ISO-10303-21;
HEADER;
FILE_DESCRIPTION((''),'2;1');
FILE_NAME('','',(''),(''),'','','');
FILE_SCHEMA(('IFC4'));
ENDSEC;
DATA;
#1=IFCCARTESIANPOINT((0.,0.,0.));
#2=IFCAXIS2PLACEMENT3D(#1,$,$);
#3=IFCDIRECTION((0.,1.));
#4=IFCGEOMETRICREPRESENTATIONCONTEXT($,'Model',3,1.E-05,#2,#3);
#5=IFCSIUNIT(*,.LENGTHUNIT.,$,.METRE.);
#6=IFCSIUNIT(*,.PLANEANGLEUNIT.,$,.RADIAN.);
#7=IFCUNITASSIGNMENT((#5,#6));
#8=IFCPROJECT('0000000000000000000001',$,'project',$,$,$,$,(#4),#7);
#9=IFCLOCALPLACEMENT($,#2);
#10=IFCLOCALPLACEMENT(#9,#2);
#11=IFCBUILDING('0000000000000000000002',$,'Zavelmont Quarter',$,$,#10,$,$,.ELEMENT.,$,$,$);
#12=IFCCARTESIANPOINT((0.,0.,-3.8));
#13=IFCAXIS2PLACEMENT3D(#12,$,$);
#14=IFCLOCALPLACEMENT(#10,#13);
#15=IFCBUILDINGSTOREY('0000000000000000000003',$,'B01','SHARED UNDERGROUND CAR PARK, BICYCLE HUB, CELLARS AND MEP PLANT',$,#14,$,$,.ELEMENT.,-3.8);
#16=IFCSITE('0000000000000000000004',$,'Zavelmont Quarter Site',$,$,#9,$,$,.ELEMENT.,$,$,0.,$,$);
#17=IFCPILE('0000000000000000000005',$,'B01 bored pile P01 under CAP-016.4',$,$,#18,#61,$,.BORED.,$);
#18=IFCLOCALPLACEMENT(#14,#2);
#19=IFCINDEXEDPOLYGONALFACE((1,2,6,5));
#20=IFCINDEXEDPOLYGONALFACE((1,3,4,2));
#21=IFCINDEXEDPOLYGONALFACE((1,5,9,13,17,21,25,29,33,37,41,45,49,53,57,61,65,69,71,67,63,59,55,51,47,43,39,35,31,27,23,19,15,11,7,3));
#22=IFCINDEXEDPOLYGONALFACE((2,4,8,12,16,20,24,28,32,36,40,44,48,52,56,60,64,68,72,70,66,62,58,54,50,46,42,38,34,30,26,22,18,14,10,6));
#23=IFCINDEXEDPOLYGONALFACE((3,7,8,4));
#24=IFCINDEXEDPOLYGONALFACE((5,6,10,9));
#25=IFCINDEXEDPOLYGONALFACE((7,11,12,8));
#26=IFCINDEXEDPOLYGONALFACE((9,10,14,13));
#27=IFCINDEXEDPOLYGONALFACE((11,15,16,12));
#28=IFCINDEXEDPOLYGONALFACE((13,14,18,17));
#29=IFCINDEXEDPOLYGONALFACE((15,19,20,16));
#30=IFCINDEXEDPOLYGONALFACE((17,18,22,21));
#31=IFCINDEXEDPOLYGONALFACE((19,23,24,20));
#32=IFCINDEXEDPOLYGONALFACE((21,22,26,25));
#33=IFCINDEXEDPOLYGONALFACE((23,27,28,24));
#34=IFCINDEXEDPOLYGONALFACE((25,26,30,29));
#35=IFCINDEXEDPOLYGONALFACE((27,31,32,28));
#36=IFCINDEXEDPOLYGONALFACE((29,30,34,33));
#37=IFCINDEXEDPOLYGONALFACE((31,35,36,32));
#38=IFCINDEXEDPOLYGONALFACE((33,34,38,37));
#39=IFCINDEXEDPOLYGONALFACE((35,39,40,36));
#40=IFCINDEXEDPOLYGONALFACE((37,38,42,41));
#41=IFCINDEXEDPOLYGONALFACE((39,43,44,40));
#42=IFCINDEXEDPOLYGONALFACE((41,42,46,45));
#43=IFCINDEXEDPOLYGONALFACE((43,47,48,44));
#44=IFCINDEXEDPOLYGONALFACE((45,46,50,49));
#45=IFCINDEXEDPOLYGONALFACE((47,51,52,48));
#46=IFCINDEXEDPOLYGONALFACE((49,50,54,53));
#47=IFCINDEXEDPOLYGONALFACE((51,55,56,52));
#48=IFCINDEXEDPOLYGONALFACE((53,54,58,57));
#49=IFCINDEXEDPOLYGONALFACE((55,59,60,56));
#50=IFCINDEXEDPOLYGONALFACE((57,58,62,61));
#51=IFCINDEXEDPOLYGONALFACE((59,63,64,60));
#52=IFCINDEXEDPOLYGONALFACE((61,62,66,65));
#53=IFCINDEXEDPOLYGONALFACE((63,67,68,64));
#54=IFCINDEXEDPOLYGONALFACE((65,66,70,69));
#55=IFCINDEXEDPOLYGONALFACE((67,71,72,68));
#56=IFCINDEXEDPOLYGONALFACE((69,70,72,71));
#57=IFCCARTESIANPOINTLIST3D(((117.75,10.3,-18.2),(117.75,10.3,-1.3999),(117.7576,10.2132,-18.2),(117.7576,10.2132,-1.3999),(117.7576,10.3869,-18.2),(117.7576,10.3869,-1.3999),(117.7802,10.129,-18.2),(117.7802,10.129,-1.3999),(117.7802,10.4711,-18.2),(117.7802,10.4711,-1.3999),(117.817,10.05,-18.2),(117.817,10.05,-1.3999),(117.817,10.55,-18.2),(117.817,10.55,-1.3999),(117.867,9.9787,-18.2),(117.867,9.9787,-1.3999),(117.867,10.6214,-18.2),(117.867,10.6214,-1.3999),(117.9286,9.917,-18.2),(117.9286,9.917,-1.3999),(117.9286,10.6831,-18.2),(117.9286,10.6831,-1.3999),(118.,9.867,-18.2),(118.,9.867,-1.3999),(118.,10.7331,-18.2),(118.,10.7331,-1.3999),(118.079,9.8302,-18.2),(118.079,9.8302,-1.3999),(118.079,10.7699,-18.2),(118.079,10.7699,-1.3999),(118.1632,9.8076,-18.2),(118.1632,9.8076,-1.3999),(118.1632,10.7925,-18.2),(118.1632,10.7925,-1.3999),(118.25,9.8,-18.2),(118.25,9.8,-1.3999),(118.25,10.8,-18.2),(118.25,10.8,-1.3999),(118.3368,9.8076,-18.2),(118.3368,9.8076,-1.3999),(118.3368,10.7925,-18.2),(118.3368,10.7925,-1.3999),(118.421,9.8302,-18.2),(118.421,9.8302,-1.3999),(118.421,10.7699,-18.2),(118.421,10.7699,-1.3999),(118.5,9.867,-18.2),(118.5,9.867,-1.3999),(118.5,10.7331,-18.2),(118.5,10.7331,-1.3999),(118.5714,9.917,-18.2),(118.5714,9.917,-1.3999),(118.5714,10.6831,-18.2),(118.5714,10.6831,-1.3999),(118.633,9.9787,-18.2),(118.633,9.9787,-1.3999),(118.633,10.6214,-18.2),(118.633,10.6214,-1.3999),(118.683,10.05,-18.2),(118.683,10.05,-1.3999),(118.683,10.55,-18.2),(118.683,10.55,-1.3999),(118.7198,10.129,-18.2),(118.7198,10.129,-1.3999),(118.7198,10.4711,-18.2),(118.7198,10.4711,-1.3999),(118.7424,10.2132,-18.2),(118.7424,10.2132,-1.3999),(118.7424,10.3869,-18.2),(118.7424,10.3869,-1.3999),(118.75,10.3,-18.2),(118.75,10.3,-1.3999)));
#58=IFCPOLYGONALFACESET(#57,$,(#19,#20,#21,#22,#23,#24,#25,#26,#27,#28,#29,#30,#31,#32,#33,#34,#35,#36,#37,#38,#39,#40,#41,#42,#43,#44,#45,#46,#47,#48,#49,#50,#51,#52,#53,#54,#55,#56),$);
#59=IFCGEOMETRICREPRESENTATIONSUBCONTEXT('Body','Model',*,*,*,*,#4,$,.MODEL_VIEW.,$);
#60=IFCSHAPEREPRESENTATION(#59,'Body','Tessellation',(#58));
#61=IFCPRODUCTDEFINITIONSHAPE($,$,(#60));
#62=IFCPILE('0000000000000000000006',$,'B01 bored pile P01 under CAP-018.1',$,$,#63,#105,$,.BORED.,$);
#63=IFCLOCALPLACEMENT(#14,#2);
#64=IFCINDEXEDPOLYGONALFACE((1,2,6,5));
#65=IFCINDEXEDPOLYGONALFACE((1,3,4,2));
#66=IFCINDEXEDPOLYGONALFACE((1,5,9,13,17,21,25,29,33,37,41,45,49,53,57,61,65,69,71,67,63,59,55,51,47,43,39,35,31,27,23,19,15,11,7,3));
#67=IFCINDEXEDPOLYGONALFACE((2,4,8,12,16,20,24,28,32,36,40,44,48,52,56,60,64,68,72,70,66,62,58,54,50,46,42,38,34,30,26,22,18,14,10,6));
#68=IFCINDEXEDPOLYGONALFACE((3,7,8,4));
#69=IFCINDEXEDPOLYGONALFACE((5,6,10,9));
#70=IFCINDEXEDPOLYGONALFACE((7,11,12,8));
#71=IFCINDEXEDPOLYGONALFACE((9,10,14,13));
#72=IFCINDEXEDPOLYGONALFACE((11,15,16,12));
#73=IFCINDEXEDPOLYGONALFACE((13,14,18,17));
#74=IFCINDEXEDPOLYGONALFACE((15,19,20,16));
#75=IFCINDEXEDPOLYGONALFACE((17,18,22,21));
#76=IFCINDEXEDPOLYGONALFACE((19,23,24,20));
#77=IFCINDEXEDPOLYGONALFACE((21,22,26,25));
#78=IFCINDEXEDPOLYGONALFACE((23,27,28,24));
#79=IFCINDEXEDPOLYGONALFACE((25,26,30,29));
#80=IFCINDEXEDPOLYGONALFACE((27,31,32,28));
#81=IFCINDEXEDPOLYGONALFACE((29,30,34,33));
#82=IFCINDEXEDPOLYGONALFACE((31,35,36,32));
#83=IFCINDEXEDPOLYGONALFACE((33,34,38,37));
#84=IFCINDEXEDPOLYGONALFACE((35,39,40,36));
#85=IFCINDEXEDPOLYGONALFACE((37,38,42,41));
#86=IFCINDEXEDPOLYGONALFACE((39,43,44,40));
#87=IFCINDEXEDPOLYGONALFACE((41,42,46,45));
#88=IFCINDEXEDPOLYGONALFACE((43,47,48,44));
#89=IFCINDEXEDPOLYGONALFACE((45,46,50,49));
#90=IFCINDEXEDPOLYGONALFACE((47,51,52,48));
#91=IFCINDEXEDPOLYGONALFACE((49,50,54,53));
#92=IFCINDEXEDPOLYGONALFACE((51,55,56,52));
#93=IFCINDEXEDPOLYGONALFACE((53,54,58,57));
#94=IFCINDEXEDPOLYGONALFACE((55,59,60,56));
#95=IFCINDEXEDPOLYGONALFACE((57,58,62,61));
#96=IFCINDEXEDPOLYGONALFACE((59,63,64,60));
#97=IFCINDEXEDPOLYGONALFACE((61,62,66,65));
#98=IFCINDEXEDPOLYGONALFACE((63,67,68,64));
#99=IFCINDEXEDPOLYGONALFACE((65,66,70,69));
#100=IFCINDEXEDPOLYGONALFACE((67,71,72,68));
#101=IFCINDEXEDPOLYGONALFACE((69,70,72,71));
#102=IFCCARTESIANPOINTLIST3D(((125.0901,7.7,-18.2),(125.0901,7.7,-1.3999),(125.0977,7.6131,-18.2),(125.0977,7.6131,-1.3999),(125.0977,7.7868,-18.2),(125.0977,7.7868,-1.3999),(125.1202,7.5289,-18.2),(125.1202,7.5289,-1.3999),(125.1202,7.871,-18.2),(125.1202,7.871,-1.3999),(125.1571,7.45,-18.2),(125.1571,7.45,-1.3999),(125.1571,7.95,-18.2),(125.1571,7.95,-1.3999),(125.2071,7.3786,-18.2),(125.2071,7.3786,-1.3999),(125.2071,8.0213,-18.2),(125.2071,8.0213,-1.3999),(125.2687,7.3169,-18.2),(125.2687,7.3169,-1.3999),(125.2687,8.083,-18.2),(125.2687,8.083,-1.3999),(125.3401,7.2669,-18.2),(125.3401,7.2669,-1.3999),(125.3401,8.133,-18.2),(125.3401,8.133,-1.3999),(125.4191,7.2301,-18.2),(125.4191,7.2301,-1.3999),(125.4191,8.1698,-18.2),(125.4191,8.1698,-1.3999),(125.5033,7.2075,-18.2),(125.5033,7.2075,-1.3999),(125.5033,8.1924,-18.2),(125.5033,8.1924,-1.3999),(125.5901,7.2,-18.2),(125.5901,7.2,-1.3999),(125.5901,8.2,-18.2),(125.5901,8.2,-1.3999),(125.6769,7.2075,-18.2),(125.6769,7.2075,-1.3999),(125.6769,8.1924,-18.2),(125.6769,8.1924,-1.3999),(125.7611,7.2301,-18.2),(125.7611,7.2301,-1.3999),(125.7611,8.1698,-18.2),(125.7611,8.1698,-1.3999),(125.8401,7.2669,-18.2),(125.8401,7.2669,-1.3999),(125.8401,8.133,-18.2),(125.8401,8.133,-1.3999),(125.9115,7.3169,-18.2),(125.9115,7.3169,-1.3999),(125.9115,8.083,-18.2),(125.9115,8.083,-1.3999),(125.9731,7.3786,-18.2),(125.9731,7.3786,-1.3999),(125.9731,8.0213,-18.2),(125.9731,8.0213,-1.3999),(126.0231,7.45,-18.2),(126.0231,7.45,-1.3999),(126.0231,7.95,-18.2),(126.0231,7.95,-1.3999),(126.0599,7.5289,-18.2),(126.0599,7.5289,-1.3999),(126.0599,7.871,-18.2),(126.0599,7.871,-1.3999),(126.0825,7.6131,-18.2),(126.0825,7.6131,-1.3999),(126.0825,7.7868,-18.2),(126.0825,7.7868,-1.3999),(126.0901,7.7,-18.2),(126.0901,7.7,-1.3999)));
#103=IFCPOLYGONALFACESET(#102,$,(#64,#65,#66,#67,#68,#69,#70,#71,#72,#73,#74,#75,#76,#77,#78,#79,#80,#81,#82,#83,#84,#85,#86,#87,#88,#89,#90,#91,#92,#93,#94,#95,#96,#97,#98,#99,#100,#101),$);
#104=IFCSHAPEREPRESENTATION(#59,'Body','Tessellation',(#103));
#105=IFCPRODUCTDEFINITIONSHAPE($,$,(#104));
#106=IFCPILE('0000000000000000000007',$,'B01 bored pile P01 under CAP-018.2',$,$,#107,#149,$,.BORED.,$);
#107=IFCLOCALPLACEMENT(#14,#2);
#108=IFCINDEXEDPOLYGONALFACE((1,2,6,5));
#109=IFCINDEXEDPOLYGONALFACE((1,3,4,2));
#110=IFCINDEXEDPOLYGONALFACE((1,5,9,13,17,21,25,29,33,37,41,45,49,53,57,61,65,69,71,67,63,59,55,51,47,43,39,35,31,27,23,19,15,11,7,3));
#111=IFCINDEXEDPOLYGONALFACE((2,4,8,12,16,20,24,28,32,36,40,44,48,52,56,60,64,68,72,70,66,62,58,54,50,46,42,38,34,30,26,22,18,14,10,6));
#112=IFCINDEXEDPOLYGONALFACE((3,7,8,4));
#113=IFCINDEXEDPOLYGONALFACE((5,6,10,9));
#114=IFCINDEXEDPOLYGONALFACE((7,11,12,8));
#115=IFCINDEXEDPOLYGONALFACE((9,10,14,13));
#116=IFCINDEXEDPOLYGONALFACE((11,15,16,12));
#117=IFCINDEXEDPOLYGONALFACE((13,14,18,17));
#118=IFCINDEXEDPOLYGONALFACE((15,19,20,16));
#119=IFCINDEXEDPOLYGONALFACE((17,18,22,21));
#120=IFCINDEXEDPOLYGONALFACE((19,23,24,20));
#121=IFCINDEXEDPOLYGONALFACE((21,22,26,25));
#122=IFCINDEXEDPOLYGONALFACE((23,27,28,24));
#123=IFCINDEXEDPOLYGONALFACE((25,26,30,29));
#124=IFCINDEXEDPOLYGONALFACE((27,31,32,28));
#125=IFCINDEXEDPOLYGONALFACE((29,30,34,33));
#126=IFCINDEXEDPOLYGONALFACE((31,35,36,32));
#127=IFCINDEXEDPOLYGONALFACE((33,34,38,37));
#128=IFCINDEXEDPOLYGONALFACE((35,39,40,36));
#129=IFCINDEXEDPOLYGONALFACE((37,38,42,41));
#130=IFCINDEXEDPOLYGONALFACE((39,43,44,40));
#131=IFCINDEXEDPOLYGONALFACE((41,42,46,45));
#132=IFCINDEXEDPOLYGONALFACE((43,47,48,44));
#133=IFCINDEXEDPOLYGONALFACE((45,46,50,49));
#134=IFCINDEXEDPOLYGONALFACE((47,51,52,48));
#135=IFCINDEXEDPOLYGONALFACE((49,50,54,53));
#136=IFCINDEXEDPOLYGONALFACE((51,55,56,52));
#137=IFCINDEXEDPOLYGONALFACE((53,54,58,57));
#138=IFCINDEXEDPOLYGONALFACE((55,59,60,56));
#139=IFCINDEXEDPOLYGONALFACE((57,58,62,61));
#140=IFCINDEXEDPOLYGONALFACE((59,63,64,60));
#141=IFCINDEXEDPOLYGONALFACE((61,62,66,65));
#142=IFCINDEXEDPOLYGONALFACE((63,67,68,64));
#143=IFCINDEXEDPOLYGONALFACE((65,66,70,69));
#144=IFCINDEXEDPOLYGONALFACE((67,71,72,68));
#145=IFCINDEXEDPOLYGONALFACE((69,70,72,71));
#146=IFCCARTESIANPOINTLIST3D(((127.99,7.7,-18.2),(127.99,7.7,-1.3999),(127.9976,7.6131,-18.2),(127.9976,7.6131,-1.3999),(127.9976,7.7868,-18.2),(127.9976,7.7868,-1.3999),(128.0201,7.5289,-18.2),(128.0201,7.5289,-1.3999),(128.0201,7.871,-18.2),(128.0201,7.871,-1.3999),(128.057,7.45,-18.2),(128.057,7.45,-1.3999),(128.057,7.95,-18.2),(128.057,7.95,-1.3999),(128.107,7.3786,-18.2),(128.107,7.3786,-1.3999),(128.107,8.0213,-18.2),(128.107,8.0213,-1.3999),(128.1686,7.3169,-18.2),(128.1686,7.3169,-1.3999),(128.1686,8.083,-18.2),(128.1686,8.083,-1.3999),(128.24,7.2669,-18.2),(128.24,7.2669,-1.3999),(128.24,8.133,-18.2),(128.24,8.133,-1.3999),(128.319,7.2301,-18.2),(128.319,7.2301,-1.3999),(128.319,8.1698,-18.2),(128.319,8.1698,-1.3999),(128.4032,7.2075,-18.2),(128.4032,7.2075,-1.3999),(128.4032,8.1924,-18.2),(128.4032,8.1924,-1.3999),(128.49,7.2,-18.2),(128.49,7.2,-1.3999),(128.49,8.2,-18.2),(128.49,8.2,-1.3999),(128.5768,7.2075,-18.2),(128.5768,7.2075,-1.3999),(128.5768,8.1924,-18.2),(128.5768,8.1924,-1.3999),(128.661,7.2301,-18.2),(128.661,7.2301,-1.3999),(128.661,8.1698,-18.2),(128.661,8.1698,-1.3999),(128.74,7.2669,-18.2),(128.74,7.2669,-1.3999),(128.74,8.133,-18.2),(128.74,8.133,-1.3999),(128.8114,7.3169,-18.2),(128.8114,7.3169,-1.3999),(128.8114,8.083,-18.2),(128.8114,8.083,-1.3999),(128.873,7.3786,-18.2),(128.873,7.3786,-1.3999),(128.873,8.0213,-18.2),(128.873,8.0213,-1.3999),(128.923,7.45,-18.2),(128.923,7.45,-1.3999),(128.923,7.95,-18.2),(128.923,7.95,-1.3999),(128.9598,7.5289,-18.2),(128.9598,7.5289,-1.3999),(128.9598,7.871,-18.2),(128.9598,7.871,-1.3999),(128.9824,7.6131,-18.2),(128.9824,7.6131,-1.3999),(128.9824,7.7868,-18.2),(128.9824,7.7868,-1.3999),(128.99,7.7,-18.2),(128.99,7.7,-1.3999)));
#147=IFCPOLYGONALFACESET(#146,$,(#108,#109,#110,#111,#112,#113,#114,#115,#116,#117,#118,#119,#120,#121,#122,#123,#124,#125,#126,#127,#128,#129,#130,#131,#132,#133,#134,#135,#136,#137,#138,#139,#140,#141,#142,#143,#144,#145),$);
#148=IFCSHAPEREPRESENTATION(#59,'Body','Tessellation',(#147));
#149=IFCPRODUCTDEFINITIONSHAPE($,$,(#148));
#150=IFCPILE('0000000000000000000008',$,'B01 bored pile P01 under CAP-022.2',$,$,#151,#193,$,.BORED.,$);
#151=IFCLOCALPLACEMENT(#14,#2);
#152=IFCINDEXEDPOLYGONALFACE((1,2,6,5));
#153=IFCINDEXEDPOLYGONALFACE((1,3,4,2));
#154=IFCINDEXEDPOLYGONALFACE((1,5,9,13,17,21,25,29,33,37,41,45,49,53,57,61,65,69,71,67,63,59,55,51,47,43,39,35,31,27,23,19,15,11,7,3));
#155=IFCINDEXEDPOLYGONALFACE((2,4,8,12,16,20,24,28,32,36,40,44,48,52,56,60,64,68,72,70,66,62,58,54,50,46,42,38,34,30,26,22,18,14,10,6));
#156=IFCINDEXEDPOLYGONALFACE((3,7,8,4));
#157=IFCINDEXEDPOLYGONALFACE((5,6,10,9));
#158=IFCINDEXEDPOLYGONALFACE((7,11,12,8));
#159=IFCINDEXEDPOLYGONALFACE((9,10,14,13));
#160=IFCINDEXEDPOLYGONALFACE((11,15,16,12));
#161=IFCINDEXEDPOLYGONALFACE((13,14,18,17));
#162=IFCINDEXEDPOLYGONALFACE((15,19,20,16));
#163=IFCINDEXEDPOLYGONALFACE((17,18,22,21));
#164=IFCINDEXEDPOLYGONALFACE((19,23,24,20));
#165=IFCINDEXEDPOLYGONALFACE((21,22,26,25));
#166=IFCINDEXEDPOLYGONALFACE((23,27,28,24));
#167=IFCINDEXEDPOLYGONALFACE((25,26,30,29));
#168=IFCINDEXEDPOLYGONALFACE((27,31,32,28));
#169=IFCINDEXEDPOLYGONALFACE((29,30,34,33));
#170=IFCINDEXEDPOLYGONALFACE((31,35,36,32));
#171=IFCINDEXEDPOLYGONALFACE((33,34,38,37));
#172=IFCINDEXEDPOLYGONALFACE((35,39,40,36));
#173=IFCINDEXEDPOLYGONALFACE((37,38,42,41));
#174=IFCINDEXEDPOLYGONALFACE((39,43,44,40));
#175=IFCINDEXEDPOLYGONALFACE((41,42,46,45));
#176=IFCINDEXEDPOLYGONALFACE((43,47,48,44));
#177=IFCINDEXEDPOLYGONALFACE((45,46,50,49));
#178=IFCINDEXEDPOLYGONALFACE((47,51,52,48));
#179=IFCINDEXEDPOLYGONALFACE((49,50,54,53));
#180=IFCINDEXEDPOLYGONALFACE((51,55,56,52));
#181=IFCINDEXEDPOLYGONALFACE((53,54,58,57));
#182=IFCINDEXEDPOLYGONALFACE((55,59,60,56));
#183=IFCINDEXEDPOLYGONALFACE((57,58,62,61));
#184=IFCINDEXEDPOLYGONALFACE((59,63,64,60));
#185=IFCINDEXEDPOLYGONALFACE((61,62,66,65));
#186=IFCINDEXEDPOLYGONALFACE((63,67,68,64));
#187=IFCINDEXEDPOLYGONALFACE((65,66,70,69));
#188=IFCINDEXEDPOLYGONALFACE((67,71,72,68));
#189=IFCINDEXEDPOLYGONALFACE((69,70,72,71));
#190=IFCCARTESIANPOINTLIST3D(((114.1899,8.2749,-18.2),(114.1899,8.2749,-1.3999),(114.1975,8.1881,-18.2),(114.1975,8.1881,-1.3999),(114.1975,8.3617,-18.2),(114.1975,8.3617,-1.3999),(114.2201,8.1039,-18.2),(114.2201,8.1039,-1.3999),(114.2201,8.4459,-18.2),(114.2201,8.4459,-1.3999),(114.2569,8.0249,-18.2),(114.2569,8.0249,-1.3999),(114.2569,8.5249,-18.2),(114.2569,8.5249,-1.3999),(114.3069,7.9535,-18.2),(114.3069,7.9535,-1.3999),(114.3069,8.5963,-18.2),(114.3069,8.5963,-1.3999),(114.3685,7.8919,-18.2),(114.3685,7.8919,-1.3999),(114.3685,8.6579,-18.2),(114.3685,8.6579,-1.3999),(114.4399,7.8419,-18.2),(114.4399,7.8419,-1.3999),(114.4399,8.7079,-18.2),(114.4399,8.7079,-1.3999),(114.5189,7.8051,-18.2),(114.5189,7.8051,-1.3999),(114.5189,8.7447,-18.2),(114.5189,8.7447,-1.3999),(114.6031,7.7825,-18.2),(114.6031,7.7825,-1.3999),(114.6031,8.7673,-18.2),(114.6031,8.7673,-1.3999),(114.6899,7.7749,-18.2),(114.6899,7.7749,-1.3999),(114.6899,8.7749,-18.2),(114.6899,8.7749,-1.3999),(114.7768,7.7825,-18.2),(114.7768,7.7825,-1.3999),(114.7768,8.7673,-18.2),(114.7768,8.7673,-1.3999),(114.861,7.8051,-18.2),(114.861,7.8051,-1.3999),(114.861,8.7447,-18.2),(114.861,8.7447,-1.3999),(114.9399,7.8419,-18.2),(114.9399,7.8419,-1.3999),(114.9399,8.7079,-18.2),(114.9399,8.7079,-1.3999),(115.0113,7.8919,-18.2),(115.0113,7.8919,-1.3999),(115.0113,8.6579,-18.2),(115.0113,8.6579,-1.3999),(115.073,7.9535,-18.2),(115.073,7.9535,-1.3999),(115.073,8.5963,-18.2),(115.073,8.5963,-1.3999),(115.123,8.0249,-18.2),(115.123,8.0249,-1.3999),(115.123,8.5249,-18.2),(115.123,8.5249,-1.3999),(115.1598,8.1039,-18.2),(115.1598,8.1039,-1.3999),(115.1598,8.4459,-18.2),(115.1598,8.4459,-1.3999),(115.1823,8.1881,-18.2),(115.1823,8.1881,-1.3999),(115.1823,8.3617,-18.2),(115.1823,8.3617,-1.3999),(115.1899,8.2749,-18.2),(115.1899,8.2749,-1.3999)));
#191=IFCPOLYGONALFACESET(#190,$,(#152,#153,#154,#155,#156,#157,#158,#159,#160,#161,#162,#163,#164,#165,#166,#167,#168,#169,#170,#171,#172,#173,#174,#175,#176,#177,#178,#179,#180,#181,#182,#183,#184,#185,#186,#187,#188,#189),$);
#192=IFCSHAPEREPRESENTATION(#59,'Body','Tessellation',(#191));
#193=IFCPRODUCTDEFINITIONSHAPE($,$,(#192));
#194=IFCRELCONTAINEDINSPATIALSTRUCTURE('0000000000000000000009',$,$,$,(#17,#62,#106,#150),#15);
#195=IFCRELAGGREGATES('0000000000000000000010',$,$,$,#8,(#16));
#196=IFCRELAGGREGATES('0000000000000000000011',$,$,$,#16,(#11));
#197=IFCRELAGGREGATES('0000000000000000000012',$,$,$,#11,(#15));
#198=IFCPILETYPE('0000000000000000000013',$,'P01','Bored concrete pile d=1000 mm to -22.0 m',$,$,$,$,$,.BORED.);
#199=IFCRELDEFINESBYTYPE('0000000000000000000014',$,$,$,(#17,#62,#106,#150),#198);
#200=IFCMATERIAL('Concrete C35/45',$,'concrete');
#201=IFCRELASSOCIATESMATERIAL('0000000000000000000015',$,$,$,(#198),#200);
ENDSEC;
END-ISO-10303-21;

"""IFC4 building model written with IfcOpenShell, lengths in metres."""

from ifc_helpers import new_model, si_unit, direction, frame, origin, origin_2d, place, context, subcontext, project, spatial, circle, extrude, material, material_profile, profile_set, type_object, element, save


model = new_model("IFC4")

# Units and contexts
model_context = context("Model", 3, precision=1e-05, world=origin(), true_north=direction((0.0, 1.0)))
body_context = subcontext(model_context, "Body", "Model", "MODEL_VIEW")
ifc_project = project(units=[si_unit("LENGTHUNIT", "METRE"), si_unit("PLANEANGLEUNIT", "RADIAN")], contexts=[model_context])

# Site, building, storey
site_placement = place(None, origin())
site = spatial("IfcSite", under=ifc_project, at=site_placement, Name="Zavelmont Quarter Site", CompositionType="ELEMENT", RefElevation=0.0)
building_placement = place(site_placement, origin())
building = spatial("IfcBuilding", under=site, at=building_placement, Name="Zavelmont Quarter", CompositionType="ELEMENT")
storey_placement = place(building_placement, frame((0.0, 0.0, -3.8)))
storey = spatial("IfcBuildingStorey", under=building, at=storey_placement, Name="B01", Description="SHARED UNDERGROUND CAR PARK, BICYCLE HUB, CELLARS AND MEP PLANT", CompositionType="ELEMENT", Elevation=-3.8)

# Shared definitions
ifc_material_1 = material(Name="Concrete C35/45", Category="concrete")

# Piles
ifc_material_profile_1 = material_profile(ifc_material_1, circle(Radius=0.5, at=origin_2d()), Name="BP1000")
ifc_profile_set_1 = profile_set([ifc_material_profile_1], Name="Concrete C35/45")
pile_type_1 = type_object("IfcPileType", Name="P01", Description="Bored concrete pile d=1000 mm to -22.0 m", PredefinedType="BORED", material=ifc_profile_set_1)
for number, where, z_axis, x_axis, name in (
    (1, (118.25, 10.3, -1.3999), (0.0, 0.0, -1.0), (1.0, 0.0, 0.0), "B01 bored pile P01 under CAP-016.4"),
    (2, (125.5901, 7.7, -1.3999), (0.0, 0.0, -1.0), (1.0, 0.0, 0.0), "B01 bored pile P01 under CAP-018.1"),
    (3, (128.49, 7.7, -1.3999), (0.0, 0.0, -1.0), (1.0, 0.0, 0.0), "B01 bored pile P01 under CAP-018.2"),
    (4, (114.6899, 8.2749, -1.3999), (0.0, 0.0, -1.0), (1.0, 0.0, 0.0), "B01 bored pile P01 under CAP-022.2"),
):
    element("IfcPile", number, at=place(storey_placement, frame(where, z_axis=z_axis, x_axis=x_axis)), inside=storey, type_object=pile_type_1, Name=name, PredefinedType="BORED", context=body_context, shape_type="SweptSolid", body=[
        extrude(circle(Radius=0.5, at=origin_2d()), origin(), (0.0, 0.0, 1.0), 16.8),
    ])

save(model, "model.ifc")
